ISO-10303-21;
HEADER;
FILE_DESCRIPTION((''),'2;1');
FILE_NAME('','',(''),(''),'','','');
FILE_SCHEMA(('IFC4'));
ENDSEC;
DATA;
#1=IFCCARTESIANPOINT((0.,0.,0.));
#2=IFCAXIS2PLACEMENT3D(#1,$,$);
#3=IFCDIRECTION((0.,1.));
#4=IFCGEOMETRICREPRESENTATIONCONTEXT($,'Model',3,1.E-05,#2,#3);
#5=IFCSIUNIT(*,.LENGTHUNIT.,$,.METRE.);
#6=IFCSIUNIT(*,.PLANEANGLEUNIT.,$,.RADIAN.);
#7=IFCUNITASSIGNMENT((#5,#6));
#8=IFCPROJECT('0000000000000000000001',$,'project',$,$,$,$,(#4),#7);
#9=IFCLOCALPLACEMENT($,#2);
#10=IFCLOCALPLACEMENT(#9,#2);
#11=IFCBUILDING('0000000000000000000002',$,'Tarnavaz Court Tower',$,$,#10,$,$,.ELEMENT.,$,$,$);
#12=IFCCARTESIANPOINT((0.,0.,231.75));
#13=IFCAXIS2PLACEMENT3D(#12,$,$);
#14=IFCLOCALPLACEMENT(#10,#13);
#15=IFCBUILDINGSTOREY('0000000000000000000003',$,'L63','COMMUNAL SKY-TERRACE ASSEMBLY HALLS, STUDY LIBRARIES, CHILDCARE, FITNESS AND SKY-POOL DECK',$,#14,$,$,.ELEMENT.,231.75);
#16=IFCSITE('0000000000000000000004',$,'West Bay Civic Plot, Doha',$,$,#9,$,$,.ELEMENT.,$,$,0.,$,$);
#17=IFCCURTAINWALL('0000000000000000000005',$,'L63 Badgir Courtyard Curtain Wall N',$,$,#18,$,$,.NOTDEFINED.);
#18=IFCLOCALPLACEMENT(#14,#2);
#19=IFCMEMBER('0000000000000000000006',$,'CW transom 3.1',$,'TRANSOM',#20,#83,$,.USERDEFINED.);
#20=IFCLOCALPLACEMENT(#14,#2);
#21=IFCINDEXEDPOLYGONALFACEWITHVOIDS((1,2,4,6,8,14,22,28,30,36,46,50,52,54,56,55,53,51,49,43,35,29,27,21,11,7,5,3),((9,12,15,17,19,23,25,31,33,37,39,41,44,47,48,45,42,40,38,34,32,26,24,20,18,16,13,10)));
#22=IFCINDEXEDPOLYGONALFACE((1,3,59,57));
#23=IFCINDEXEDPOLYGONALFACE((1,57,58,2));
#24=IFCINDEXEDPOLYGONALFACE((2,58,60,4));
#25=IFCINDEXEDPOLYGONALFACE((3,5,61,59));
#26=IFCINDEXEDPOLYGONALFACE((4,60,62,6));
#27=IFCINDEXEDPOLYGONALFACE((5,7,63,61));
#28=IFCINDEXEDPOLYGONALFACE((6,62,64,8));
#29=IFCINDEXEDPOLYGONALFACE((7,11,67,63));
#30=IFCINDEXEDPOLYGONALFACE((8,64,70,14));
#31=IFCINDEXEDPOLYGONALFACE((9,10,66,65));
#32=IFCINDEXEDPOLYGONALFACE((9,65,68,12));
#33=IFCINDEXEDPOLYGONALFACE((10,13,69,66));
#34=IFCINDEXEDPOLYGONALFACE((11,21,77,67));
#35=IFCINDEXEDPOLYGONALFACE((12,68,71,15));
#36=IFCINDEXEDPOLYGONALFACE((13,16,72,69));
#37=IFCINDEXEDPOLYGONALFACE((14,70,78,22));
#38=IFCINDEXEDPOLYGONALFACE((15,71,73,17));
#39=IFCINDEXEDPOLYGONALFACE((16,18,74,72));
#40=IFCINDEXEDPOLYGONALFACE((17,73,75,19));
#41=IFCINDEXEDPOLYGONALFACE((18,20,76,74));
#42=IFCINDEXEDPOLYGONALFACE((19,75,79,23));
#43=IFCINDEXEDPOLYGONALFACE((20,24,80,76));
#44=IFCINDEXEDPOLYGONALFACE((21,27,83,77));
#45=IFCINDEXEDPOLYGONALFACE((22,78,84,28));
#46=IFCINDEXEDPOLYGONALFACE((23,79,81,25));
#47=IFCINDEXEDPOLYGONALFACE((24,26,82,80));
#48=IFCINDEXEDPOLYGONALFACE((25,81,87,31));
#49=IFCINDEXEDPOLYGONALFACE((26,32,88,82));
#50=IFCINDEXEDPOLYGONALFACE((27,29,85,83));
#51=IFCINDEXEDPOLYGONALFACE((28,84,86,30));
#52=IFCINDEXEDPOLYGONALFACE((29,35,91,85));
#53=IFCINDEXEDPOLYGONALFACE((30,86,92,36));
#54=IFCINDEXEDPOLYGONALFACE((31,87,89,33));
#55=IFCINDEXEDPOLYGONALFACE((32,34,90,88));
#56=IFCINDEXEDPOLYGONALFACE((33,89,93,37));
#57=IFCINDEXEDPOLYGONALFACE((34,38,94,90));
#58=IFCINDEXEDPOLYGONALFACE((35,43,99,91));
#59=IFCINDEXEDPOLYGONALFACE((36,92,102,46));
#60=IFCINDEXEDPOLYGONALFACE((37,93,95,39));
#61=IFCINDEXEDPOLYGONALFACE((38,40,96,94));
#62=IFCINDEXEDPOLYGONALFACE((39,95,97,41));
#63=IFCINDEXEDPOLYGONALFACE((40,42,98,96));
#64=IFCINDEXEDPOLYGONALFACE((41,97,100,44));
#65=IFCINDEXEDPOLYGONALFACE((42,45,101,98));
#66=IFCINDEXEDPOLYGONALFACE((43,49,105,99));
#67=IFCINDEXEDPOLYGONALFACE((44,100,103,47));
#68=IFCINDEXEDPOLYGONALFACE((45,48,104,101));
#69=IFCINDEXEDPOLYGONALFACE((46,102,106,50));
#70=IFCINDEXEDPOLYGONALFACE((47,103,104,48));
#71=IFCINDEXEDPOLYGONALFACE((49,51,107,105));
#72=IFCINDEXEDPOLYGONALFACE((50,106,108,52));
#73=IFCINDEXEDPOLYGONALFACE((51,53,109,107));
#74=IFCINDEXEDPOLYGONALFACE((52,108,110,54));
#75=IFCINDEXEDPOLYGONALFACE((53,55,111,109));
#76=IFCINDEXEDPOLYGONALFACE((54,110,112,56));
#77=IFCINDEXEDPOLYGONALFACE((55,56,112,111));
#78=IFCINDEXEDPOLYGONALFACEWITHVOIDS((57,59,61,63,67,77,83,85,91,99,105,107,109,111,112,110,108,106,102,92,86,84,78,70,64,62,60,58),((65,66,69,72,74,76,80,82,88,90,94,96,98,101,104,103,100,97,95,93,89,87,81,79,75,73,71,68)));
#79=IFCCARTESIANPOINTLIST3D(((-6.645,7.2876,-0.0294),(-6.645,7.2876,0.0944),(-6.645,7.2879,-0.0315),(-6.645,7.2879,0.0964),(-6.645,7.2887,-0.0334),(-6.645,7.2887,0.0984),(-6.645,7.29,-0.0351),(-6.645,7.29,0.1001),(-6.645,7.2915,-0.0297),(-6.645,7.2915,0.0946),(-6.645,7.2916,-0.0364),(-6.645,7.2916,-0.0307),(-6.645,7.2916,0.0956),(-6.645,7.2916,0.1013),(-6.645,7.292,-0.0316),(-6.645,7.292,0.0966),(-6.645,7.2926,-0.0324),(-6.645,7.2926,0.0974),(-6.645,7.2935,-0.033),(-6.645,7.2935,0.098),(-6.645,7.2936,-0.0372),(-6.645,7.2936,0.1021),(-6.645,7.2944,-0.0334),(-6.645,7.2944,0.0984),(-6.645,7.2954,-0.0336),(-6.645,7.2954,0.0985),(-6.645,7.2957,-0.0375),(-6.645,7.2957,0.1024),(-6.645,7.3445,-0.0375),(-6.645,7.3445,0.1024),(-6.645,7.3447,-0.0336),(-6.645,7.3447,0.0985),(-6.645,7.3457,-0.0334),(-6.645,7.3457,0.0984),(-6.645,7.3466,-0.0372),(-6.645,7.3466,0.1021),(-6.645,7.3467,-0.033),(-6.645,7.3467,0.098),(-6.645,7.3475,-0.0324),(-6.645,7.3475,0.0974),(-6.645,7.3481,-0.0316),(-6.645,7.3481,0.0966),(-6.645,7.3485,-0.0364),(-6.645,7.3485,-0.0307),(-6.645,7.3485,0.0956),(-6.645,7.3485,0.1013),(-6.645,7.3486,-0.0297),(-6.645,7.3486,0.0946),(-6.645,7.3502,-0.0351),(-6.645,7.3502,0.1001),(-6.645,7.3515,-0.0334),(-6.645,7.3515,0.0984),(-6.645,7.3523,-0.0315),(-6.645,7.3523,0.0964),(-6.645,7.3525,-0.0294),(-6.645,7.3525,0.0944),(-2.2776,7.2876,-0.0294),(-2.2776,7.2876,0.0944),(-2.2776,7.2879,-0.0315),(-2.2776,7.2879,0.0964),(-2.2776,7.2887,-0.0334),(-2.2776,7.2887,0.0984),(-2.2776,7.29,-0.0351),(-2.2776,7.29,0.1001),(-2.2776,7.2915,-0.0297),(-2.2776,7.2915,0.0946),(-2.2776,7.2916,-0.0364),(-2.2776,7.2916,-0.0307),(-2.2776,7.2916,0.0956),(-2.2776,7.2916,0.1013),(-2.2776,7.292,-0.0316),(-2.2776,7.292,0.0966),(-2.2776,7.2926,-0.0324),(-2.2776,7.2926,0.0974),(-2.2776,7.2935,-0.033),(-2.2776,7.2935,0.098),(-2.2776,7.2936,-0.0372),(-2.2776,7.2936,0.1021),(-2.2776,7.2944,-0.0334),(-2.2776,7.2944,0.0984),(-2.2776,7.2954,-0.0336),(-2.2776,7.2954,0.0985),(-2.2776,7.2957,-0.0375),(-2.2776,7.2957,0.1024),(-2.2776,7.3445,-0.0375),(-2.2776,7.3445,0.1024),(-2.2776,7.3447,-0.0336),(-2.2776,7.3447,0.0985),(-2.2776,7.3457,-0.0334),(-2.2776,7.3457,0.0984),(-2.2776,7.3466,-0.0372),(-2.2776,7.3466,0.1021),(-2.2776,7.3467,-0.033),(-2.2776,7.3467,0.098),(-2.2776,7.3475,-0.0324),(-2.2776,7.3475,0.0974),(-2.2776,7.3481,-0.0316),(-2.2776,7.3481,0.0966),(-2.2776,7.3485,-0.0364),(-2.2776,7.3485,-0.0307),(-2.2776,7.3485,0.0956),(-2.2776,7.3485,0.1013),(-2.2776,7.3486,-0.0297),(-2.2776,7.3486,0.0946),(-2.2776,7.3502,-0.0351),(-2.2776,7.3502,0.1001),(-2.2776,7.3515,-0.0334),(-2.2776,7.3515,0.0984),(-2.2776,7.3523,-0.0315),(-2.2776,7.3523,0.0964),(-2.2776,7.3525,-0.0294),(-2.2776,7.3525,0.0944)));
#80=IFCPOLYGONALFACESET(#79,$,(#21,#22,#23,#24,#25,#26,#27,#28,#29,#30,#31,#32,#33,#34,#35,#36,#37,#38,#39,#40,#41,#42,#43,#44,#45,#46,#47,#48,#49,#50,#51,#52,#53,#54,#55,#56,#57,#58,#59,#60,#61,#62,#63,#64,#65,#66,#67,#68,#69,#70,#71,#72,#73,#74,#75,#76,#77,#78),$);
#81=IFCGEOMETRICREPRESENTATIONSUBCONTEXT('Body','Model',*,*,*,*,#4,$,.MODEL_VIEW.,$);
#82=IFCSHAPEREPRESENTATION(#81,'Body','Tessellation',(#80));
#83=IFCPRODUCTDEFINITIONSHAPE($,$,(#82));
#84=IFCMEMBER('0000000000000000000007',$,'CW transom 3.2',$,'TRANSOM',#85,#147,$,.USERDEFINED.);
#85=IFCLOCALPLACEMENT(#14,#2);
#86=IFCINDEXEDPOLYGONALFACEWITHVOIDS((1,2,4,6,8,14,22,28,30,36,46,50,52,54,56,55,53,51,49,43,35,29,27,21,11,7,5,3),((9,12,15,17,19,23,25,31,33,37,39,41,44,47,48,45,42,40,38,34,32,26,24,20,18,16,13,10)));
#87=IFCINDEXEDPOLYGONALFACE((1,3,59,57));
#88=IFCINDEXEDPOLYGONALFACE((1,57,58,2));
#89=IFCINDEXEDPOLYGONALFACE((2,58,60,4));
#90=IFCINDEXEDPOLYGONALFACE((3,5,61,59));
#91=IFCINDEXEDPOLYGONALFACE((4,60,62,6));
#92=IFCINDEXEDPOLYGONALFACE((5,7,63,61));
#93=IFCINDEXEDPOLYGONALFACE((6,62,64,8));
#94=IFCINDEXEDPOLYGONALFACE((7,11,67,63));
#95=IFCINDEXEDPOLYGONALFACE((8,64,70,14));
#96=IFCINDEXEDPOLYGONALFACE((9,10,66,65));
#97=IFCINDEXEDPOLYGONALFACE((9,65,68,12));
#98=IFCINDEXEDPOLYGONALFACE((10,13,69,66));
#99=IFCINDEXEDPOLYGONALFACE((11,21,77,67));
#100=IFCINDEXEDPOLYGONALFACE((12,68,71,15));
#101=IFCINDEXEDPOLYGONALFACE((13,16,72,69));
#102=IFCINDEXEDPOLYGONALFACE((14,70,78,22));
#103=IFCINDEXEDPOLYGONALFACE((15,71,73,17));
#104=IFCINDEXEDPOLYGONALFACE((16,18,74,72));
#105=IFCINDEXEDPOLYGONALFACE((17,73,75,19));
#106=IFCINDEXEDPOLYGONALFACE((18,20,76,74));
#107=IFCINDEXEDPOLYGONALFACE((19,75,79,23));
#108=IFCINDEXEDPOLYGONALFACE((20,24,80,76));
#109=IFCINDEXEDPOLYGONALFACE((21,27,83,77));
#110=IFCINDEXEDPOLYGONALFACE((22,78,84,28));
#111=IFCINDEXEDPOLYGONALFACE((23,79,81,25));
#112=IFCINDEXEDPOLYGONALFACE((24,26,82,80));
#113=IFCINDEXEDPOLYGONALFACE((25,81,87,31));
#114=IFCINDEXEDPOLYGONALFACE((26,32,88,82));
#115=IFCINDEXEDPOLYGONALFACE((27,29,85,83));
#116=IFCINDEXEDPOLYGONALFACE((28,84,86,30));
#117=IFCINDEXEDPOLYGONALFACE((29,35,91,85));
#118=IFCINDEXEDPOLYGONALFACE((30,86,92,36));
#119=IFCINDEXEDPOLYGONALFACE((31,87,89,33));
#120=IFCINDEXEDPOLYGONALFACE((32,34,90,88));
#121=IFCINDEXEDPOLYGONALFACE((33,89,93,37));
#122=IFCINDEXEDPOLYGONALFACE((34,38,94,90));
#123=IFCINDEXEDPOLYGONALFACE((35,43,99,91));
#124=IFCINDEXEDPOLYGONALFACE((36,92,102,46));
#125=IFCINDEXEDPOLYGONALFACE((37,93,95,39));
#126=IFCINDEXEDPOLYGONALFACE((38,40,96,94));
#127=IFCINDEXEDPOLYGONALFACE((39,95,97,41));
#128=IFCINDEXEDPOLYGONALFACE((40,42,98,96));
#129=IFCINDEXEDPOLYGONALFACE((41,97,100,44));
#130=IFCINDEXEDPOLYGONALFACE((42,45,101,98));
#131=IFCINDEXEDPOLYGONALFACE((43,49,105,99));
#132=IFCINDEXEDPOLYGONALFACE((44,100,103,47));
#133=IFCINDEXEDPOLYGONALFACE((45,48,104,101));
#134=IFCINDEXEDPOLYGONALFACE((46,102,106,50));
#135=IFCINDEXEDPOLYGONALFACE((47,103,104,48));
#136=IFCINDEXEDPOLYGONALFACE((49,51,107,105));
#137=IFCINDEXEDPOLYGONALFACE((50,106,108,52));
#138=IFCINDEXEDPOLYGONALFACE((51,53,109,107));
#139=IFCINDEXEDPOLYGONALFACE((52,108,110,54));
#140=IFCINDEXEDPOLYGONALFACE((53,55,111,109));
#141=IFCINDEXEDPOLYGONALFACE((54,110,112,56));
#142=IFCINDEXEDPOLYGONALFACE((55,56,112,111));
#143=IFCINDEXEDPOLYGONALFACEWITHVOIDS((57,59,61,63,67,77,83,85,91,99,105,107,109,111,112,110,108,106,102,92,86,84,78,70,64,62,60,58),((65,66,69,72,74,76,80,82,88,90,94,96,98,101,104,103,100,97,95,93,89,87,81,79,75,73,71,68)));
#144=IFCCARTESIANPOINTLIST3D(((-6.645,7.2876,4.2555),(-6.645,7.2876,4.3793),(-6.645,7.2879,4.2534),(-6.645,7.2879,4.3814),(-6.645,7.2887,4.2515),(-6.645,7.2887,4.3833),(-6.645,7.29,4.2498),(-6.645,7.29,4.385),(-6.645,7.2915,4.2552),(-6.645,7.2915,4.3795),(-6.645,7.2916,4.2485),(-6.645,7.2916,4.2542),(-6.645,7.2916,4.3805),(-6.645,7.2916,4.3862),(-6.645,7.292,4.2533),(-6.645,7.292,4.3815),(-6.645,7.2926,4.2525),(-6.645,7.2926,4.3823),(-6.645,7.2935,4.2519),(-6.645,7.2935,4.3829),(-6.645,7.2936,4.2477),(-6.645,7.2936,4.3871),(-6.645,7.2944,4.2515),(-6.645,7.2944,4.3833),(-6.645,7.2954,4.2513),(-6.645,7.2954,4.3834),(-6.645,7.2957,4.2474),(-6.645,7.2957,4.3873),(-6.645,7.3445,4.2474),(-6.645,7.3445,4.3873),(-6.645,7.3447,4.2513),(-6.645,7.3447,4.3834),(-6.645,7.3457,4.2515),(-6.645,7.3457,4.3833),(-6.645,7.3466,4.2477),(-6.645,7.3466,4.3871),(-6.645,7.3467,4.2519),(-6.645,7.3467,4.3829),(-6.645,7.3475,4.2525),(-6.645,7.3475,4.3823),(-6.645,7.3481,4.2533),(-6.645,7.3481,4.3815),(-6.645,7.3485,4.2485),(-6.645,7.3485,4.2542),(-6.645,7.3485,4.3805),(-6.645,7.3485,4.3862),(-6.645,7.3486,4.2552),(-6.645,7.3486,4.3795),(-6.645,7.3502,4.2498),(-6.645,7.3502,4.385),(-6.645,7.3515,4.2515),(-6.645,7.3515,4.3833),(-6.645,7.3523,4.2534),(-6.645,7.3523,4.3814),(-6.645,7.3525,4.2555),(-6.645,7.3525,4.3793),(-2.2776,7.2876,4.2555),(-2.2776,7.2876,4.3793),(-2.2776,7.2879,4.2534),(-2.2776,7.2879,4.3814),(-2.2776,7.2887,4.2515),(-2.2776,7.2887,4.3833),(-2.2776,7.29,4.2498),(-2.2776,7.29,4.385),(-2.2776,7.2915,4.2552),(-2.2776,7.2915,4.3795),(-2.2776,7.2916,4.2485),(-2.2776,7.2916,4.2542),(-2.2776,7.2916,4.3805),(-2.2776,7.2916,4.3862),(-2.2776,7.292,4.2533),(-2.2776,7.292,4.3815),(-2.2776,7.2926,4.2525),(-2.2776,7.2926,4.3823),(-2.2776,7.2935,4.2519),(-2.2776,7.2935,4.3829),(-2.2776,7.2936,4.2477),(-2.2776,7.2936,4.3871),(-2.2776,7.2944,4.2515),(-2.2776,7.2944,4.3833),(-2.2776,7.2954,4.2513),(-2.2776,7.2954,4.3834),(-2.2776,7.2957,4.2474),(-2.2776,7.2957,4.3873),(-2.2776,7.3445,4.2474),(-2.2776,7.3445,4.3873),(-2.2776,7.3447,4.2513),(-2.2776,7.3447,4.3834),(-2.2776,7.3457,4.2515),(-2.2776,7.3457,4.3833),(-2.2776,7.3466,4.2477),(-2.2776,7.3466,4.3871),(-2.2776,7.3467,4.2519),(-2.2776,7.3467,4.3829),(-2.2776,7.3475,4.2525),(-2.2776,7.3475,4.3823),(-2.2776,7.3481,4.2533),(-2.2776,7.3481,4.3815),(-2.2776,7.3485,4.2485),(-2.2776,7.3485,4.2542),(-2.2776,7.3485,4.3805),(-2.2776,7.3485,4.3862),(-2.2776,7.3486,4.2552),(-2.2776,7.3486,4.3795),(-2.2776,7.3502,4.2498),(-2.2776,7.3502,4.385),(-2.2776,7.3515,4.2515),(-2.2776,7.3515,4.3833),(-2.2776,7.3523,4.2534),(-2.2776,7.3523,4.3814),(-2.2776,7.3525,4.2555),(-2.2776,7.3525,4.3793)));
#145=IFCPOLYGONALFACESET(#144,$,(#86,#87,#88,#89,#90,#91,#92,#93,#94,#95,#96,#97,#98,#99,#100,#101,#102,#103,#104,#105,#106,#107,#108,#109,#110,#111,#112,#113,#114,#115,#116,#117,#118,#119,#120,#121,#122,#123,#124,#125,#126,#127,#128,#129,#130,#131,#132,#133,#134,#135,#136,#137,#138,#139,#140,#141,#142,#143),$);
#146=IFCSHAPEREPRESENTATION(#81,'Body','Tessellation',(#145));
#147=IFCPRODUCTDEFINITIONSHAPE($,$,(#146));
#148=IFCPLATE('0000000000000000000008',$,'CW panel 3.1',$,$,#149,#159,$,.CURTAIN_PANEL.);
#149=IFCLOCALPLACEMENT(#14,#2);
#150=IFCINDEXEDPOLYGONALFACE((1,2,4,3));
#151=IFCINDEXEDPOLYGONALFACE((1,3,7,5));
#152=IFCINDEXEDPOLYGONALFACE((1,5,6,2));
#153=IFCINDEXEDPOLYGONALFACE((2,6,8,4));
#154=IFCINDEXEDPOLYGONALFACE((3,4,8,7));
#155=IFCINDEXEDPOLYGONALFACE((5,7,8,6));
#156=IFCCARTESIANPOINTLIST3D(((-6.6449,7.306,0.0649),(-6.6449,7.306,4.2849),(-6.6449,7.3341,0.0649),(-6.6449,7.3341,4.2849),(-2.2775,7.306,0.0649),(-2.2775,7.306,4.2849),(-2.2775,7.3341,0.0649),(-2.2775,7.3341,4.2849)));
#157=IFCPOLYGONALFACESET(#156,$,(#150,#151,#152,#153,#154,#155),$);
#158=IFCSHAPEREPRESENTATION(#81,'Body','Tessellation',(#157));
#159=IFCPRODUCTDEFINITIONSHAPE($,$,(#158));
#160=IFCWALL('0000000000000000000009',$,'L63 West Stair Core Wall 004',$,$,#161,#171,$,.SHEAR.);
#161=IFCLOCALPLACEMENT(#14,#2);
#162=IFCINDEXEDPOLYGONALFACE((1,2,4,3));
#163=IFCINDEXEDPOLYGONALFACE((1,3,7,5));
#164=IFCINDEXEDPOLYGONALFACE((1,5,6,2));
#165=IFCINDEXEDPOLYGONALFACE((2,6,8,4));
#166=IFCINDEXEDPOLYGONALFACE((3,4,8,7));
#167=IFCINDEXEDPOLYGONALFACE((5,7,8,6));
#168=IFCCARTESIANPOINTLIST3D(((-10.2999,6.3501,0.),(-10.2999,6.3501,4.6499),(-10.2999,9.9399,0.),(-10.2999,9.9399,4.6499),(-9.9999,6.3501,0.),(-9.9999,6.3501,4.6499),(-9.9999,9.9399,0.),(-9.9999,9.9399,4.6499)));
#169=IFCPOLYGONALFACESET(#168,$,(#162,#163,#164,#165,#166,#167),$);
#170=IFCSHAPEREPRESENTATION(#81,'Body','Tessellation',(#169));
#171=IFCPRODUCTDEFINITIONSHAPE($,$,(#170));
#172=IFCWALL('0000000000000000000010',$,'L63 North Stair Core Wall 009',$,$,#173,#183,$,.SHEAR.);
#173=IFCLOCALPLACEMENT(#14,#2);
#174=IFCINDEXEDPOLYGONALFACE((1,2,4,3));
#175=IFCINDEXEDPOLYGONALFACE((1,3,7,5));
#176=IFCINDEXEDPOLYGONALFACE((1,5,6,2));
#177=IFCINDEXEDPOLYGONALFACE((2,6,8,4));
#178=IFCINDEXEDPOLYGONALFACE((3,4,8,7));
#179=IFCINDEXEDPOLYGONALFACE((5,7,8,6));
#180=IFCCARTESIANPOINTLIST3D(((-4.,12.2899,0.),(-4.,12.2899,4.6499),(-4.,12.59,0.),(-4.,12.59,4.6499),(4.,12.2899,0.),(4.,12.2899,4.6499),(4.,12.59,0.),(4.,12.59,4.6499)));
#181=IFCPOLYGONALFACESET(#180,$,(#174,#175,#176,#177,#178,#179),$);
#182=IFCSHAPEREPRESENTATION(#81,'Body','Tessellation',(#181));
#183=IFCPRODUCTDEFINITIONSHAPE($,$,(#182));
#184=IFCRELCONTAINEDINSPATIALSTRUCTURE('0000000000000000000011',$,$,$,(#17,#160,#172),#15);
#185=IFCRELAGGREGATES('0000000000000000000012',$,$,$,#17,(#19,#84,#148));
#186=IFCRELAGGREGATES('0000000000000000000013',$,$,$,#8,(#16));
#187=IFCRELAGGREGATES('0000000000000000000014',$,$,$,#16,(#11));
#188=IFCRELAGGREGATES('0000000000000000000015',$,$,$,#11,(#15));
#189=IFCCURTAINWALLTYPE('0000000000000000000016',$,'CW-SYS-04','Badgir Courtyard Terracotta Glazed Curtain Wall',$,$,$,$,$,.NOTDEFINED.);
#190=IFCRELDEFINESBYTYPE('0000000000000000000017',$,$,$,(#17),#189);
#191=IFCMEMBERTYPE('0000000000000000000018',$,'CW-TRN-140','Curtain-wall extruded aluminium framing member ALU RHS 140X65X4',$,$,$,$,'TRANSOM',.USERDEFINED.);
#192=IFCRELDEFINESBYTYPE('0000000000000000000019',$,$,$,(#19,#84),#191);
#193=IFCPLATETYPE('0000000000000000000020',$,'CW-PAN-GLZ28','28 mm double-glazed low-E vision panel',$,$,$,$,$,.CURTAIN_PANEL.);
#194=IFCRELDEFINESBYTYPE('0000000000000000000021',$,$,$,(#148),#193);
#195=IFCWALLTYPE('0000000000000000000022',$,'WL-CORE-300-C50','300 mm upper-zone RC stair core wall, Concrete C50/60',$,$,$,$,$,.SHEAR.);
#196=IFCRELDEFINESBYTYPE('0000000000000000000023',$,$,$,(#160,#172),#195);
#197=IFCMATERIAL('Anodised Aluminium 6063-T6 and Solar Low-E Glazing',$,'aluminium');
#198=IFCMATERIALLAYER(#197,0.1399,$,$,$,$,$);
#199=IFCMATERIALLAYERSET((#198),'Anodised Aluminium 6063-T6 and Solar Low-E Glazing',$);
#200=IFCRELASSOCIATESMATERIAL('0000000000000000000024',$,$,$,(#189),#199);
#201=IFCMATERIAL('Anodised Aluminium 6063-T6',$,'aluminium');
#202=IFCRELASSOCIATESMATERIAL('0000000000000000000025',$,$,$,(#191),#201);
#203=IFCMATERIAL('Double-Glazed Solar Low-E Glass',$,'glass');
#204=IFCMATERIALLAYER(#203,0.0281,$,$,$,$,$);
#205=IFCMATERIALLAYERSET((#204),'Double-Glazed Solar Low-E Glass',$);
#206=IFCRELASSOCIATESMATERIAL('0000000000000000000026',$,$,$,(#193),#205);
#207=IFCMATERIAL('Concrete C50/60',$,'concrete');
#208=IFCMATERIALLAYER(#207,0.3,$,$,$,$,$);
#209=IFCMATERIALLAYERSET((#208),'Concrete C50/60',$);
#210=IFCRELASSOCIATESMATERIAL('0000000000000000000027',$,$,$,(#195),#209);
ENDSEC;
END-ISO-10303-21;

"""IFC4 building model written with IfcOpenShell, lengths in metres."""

from ifc_helpers import new_model, si_unit, direction, frame, frame_2d, origin, origin_2d, place, context, subcontext, project, spatial, rectangle, hollow_rectangle, extrude, material, layer, layer_set, material_profile, profile_set, type_object, element, aggregate, save


model = new_model("IFC4")

# Units and contexts
model_context = context("Model", 3, precision=1e-05, world=origin(), true_north=direction((0.0, 1.0)))
body_context = subcontext(model_context, "Body", "Model", "MODEL_VIEW")
ifc_project = project(units=[si_unit("LENGTHUNIT", "METRE"), si_unit("PLANEANGLEUNIT", "RADIAN")], contexts=[model_context])

# Site, building, storey
site_placement = place(None, origin())
site = spatial("IfcSite", under=ifc_project, at=site_placement, Name="West Bay Civic Plot, Doha", CompositionType="ELEMENT", RefElevation=0.0)
building_placement = place(site_placement, origin())
building = spatial("IfcBuilding", under=site, at=building_placement, Name="Tarnavaz Court Tower", CompositionType="ELEMENT")
storey_placement = place(building_placement, frame((0.0, 0.0, 231.75)))
storey = spatial("IfcBuildingStorey", under=building, at=storey_placement, Name="L63", Description="COMMUNAL SKY-TERRACE ASSEMBLY HALLS, STUDY LIBRARIES, CHILDCARE, FITNESS AND SKY-POOL DECK", CompositionType="ELEMENT", Elevation=231.75)

# Shared definitions
ifc_material_1 = material(Name="Concrete C50/60", Category="concrete")

# Curtain wall, members, plate
ifc_material_2 = material(Name="Anodised Aluminium 6063-T6 and Solar Low-E Glazing", Category="aluminium")
ifc_layer_1 = layer(ifc_material_2, 0.1399)
ifc_layer_set_1 = layer_set([ifc_layer_1], Name="Anodised Aluminium 6063-T6 and Solar Low-E Glazing")
curtain_wall_type = type_object("IfcCurtainWallType", Name="CW-SYS-04", Description="Badgir Courtyard Terracotta Glazed Curtain Wall", PredefinedType="NOTDEFINED", material=ifc_layer_set_1)
curtain_wall_placement = place(storey_placement, origin())
curtain_wall = element("IfcCurtainWall", 1, at=curtain_wall_placement, inside=storey, type_object=curtain_wall_type, Name="L63 Badgir Courtyard Curtain Wall N", PredefinedType="NOTDEFINED")
ifc_material_3 = material(Name="Anodised Aluminium 6063-T6", Category="aluminium")
ifc_material_profile_1 = material_profile(ifc_material_3, hollow_rectangle(XDim=0.0649, YDim=0.1399, WallThickness=0.0039, InnerFilletRadius=0.0039, OuterFilletRadius=0.0081, at=origin_2d()), Name="ALU RHS 140X65X4")
ifc_profile_set_1 = profile_set([ifc_material_profile_1], Name="Anodised Aluminium 6063-T6")
member_type_1 = type_object("IfcMemberType", Name="CW-TRN-140", Description="Curtain-wall extruded aluminium framing member ALU RHS 140X65X4", ElementType="TRANSOM", PredefinedType="USERDEFINED", material=ifc_profile_set_1)
member_1_placement = place(storey_placement, frame((-2.2776, 7.3201, 0.0325), z_axis=(-1.0, 0.0, 0.0), x_axis=(0.0, -1.0, 0.0)))
member_1 = element("IfcMember", 2, at=member_1_placement, type_object=member_type_1, Name="CW transom 3.1", ObjectType="TRANSOM", PredefinedType="USERDEFINED", context=body_context, shape_type="SweptSolid", body=[
    extrude(hollow_rectangle(XDim=0.0649, YDim=0.1399, WallThickness=0.0039, InnerFilletRadius=0.0039, OuterFilletRadius=0.0081, at=origin_2d()), origin(), (0.0, 0.0, 1.0), 4.3674),
])
member_2_placement = place(storey_placement, frame((-2.2776, 7.3201, 4.3174), z_axis=(-1.0, 0.0, 0.0), x_axis=(0.0, -1.0, 0.0)))
member_2 = element("IfcMember", 3, at=member_2_placement, type_object=member_type_1, Name="CW transom 3.2", ObjectType="TRANSOM", PredefinedType="USERDEFINED", context=body_context, shape_type="SweptSolid", body=[
    extrude(hollow_rectangle(XDim=0.0649, YDim=0.1399, WallThickness=0.0039, InnerFilletRadius=0.0039, OuterFilletRadius=0.0081, at=origin_2d()), origin(), (0.0, 0.0, 1.0), 4.3674),
])
ifc_material_4 = material(Name="Double-Glazed Solar Low-E Glass", Category="glass")
ifc_layer_2 = layer(ifc_material_4, 0.0281)
ifc_layer_set_2 = layer_set([ifc_layer_2], Name="Double-Glazed Solar Low-E Glass")
plate_type = type_object("IfcPlateType", Name="CW-PAN-GLZ28", Description="28 mm double-glazed low-E vision panel", PredefinedType="CURTAIN_PANEL", material=ifc_layer_set_2)
plate_placement = place(storey_placement, frame((-4.4612, 7.3201, 0.0649), z_axis=(0.0, 0.0, 1.0), x_axis=(-1.0, 0.0, 0.0)))
plate = element("IfcPlate", 4, at=plate_placement, type_object=plate_type, Name="CW panel 3.1", PredefinedType="CURTAIN_PANEL", context=body_context, shape_type="SweptSolid", body=[
    extrude(rectangle(XDim=4.3674, YDim=0.0281, at=origin_2d()), origin(), (0.0, 0.0, 1.0), 4.22),
])
aggregate(curtain_wall, [member_1, member_2, plate])

# Walls
ifc_layer_3 = layer(ifc_material_1, 0.3)
ifc_layer_set_3 = layer_set([ifc_layer_3], Name="Concrete C50/60")
wall_type_1 = type_object("IfcWallType", Name="WL-CORE-300-C50", Description="300 mm upper-zone RC stair core wall, Concrete C50/60", PredefinedType="SHEAR", material=ifc_layer_set_3)
wall_1_placement = place(storey_placement, frame((-10.1499, 6.3501, 0.0), z_axis=(0.0, 0.0, 1.0), x_axis=(0.0, 1.0, 0.0)))
element("IfcWall", 5, at=wall_1_placement, inside=storey, type_object=wall_type_1, Name="L63 West Stair Core Wall 004", PredefinedType="SHEAR", context=body_context, shape_type="SweptSolid", body=[
    extrude(rectangle(XDim=3.5898, YDim=0.3, at=frame_2d((1.7949, 0.0))), origin(), (0.0, 0.0, 1.0), 4.6499),
])
wall_2_placement = place(storey_placement, frame((-4.0, 12.4399, 0.0), z_axis=(0.0, 0.0, 1.0), x_axis=(1.0, 0.0, 0.0)))
element("IfcWall", 6, at=wall_2_placement, inside=storey, type_object=wall_type_1, Name="L63 North Stair Core Wall 009", PredefinedType="SHEAR", context=body_context, shape_type="SweptSolid", body=[
    extrude(rectangle(XDim=8.0, YDim=0.3, at=frame_2d((4.0, 0.0))), origin(), (0.0, 0.0, 1.0), 4.6499),
])

save(model, "model.ifc")
